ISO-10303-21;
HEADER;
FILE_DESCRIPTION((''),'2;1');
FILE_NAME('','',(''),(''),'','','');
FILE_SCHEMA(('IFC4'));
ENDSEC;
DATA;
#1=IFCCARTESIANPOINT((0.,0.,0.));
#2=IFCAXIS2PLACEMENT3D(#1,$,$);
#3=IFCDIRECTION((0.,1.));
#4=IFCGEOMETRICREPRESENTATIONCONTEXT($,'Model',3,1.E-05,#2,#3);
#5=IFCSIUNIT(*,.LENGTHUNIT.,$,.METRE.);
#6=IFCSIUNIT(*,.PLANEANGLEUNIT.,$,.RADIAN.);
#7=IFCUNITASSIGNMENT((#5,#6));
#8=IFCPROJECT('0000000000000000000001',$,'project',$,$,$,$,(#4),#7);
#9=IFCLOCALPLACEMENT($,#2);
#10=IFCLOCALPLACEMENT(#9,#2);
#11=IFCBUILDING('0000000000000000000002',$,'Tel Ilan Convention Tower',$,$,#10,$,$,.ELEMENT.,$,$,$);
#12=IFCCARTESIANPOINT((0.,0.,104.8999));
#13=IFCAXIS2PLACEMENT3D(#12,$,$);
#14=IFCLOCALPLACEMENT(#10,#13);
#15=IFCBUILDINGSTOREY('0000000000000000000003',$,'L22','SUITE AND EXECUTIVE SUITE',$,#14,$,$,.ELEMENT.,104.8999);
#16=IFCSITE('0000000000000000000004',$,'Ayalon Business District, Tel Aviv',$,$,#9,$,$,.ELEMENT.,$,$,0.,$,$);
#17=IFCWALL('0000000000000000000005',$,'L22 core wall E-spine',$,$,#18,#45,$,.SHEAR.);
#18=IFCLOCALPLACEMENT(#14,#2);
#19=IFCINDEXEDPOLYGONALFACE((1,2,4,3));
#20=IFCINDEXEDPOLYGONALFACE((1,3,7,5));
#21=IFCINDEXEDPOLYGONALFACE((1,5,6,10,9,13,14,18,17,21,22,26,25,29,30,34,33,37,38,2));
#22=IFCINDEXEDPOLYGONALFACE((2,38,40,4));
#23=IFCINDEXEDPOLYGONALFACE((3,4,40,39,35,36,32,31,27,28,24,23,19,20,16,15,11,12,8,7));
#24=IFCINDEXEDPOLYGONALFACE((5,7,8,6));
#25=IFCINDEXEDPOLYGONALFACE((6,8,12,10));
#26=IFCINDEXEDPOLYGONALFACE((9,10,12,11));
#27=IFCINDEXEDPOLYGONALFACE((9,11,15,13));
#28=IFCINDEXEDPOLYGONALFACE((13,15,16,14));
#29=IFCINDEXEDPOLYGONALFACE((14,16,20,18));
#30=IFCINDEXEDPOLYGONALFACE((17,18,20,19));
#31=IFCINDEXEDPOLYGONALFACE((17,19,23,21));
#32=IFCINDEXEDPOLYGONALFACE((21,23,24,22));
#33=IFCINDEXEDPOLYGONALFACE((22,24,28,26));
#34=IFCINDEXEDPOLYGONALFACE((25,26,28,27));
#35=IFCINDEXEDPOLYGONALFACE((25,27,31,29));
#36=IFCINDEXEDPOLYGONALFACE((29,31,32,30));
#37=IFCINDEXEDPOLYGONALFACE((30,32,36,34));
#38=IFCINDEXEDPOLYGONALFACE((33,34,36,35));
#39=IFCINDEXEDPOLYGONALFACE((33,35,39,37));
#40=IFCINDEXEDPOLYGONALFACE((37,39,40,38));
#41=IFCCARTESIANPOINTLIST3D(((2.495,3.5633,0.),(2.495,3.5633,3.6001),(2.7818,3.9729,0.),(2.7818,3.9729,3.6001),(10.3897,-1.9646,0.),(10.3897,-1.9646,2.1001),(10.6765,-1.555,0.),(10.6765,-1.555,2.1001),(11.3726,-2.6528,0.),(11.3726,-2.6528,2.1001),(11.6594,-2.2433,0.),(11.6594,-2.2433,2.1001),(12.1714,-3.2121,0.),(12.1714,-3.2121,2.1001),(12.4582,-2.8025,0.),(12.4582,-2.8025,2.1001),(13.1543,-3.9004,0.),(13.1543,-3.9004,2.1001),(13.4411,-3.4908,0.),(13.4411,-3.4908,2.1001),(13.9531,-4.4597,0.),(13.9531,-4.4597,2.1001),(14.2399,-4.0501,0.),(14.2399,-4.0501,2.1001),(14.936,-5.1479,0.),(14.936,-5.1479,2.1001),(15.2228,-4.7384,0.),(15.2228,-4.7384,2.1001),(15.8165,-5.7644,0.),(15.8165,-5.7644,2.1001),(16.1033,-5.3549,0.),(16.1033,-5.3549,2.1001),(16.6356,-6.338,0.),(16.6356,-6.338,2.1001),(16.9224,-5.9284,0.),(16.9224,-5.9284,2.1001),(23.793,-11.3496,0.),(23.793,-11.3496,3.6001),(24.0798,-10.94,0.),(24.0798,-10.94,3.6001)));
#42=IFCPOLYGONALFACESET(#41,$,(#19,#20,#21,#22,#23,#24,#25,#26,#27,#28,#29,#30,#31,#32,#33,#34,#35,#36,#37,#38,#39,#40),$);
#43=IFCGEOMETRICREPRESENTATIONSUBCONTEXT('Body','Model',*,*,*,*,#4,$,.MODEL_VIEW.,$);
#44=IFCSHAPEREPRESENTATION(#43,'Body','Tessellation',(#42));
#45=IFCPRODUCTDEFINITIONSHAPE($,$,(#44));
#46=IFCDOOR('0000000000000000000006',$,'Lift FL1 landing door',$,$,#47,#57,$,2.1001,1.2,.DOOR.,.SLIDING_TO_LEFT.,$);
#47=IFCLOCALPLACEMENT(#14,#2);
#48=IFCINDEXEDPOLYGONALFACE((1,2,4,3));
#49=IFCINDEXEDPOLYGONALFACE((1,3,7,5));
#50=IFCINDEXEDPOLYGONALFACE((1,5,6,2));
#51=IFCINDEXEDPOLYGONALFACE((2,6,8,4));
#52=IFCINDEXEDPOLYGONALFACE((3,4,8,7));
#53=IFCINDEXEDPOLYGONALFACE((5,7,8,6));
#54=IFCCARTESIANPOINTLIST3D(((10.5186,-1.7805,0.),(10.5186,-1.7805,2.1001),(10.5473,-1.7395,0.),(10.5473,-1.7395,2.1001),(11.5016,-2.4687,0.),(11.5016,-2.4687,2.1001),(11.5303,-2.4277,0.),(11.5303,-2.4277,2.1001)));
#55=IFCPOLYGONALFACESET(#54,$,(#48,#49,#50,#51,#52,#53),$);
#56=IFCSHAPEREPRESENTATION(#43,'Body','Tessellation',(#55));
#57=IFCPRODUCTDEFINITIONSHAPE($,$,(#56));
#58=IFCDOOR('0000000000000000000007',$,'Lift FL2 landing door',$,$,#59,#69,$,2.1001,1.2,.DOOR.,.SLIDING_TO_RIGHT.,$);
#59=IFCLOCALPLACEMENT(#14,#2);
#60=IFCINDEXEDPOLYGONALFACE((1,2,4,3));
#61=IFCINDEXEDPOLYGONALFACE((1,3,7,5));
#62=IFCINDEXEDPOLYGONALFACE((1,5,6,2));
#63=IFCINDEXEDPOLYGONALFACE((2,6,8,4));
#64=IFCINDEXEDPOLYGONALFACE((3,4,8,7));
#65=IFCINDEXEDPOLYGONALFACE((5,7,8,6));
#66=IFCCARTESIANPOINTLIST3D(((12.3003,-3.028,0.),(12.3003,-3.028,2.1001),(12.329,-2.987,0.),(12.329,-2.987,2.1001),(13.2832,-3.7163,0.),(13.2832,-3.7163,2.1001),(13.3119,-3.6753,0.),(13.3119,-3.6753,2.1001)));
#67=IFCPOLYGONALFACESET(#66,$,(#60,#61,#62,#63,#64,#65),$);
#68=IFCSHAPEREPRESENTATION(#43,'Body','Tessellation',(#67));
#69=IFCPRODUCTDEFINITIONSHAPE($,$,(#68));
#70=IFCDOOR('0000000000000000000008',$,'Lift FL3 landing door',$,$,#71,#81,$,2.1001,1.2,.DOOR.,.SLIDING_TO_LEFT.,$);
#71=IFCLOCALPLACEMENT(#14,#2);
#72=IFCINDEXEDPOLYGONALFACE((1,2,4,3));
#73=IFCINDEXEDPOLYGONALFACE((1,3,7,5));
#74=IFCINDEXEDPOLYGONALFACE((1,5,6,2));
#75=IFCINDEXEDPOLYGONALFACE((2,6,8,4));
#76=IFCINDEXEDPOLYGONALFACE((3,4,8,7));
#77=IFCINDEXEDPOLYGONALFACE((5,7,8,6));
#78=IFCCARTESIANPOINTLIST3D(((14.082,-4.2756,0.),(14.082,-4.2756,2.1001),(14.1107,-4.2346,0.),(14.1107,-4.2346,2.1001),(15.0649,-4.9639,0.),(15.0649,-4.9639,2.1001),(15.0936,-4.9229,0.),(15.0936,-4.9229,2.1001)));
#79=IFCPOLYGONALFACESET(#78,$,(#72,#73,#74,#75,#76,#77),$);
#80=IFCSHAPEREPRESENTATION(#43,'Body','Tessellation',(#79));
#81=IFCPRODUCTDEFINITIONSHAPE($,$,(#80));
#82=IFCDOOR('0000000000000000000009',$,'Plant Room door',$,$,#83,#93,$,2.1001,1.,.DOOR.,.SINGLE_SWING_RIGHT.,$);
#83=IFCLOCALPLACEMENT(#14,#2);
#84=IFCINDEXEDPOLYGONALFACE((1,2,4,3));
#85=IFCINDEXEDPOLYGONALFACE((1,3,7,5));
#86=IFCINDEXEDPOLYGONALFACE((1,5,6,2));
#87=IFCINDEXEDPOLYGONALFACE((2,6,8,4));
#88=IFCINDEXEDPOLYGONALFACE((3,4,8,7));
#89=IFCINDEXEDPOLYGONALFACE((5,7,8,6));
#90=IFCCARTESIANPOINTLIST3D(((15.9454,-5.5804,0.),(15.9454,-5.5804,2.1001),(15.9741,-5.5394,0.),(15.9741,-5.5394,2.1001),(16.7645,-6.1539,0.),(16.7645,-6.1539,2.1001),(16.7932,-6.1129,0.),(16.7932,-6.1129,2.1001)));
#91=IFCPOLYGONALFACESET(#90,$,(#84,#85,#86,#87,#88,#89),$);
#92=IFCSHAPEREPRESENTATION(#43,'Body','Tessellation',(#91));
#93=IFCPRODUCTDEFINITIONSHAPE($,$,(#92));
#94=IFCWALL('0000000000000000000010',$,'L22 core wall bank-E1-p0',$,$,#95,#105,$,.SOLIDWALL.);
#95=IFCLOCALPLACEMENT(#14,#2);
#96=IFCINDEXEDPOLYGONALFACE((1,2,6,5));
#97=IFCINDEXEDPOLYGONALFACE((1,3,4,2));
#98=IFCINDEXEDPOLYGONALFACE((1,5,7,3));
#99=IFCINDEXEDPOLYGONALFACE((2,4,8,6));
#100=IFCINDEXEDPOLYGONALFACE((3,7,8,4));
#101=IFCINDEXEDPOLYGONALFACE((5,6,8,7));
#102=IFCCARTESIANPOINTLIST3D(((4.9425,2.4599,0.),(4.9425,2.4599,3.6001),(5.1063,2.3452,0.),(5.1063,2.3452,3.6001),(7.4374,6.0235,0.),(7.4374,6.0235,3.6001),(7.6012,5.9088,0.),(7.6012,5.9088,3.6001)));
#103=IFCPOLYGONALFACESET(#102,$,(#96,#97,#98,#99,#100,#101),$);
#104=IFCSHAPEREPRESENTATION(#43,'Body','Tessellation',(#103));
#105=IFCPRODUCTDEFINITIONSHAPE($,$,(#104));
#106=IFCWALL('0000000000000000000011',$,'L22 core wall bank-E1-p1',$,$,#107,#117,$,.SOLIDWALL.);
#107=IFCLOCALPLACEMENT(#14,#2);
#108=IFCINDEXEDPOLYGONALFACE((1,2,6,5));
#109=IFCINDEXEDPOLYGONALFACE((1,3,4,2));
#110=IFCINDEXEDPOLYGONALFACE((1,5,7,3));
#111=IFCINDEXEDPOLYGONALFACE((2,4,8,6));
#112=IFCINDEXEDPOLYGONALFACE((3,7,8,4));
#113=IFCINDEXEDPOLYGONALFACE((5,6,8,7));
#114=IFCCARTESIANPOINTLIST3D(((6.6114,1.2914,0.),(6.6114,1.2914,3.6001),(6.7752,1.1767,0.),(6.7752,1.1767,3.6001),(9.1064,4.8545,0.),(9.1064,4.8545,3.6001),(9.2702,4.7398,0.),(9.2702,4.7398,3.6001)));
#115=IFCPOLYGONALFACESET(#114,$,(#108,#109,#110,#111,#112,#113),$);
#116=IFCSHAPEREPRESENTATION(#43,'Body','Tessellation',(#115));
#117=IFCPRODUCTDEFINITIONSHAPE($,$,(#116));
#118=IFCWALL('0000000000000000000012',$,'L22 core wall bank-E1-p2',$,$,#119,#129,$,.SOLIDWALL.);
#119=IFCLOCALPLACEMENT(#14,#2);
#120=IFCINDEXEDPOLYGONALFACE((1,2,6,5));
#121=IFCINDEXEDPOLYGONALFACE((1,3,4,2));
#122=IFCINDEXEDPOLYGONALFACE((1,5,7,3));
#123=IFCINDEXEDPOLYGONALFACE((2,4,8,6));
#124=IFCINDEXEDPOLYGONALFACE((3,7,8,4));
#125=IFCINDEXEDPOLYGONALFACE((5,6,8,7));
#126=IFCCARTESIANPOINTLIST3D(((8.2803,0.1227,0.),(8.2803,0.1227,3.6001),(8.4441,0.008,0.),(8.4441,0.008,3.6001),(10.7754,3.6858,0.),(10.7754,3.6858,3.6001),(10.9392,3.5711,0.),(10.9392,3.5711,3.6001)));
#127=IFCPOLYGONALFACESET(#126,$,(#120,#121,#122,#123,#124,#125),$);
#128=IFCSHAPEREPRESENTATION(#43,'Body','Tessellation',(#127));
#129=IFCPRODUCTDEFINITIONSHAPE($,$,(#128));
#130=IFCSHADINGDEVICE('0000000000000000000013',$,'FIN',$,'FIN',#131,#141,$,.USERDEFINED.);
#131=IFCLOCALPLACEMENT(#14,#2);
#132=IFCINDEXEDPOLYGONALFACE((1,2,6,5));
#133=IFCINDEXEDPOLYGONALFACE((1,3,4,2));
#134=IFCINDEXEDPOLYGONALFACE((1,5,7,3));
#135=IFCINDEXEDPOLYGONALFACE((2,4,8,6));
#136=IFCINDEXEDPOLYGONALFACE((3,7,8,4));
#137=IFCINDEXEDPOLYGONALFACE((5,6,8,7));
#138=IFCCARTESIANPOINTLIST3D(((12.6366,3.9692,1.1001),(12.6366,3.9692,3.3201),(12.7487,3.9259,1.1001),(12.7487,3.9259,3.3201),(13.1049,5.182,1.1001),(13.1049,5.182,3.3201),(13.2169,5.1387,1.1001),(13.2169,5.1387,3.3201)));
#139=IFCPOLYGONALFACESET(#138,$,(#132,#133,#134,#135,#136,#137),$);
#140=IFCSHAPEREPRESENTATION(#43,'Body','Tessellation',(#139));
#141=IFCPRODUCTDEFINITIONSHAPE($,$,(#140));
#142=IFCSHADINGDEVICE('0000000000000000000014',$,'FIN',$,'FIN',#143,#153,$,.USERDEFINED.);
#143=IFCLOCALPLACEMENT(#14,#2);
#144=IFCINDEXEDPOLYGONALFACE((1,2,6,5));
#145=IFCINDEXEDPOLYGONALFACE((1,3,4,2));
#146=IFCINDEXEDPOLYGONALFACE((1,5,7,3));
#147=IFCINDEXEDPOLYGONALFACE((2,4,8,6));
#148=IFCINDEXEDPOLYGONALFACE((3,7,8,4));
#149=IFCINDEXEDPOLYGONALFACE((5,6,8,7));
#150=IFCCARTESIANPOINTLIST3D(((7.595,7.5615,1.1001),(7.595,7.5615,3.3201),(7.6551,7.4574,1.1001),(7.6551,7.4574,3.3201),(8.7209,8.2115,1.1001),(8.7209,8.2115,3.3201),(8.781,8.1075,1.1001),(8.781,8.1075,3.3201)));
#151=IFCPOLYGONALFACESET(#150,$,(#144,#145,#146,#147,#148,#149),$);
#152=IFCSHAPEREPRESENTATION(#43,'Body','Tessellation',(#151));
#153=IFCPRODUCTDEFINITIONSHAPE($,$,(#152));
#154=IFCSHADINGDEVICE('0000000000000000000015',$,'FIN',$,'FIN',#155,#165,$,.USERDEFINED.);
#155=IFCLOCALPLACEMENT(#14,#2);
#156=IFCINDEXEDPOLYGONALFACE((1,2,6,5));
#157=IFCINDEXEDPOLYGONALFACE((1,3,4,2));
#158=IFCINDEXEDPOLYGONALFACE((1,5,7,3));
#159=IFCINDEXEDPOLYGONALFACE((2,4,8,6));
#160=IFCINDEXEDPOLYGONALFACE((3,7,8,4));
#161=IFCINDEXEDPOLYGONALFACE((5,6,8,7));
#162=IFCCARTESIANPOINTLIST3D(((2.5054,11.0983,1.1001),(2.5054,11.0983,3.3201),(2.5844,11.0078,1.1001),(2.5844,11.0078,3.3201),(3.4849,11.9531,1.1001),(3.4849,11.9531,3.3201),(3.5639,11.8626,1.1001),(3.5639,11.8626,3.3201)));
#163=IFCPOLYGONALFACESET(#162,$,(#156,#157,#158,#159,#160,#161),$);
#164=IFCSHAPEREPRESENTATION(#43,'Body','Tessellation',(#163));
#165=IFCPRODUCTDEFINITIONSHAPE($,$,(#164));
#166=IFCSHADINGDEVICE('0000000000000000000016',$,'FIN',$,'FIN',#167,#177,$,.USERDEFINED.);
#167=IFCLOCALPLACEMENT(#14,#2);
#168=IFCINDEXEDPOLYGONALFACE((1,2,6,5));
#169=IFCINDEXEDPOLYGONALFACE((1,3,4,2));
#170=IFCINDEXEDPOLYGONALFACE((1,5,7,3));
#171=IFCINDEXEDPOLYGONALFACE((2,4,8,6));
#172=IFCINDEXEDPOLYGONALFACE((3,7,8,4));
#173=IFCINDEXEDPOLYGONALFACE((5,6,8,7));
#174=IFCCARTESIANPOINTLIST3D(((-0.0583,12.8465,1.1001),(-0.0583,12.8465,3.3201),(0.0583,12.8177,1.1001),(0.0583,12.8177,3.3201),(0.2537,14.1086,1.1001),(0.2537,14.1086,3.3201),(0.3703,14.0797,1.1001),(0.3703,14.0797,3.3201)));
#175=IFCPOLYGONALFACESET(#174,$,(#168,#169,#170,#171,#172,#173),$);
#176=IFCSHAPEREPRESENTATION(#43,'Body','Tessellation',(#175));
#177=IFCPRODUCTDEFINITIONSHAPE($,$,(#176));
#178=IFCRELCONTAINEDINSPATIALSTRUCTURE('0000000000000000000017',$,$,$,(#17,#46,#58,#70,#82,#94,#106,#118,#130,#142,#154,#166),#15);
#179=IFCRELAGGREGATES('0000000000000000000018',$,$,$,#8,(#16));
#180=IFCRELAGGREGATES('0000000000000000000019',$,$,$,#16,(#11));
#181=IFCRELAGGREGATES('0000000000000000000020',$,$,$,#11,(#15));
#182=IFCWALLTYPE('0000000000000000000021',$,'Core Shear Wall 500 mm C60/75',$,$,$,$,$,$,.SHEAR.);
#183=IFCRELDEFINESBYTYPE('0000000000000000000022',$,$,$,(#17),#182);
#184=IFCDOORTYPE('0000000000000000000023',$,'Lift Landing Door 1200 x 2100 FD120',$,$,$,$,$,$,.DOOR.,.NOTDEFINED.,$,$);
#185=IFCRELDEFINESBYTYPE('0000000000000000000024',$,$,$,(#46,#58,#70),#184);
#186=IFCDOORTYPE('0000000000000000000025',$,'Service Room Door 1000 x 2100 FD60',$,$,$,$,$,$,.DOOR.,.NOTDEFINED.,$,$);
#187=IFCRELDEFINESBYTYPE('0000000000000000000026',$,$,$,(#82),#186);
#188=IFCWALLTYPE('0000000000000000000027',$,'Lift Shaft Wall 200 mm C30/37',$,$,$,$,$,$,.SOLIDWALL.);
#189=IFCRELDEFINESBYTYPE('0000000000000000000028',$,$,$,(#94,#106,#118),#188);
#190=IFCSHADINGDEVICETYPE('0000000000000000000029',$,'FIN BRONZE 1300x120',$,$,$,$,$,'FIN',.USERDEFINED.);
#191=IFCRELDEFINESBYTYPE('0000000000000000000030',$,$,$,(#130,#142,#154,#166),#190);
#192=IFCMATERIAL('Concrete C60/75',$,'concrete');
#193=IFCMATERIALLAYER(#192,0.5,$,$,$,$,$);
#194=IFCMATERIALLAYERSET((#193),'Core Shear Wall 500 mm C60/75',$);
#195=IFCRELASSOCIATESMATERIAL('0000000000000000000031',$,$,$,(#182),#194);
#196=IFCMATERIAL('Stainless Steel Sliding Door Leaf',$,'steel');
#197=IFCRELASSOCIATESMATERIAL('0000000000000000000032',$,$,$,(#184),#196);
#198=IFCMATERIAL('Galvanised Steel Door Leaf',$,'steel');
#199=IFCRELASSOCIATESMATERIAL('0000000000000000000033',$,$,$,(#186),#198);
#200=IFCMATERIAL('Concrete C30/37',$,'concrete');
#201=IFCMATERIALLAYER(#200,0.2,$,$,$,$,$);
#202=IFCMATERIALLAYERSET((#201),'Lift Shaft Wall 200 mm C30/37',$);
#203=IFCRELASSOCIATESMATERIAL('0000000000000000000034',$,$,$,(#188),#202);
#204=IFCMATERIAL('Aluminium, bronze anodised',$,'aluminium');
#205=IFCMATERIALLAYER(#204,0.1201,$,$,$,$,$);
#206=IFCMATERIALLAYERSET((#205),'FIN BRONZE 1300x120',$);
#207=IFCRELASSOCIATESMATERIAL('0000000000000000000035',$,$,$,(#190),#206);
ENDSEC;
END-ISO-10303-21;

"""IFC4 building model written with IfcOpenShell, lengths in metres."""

from ifc_helpers import new_model, si_unit, direction, frame, frame_2d, origin, origin_2d, place, context, subcontext, project, spatial, polyline, rectangle, outline, extrude, material, layer, layer_set, type_object, element, fill, save


model = new_model("IFC4")

# Units and contexts
model_context = context("Model", 3, precision=1e-05, world=origin(), true_north=direction((0.0, 1.0)))
body_context = subcontext(model_context, "Body", "Model", "MODEL_VIEW")
ifc_project = project(units=[si_unit("LENGTHUNIT", "METRE"), si_unit("PLANEANGLEUNIT", "RADIAN")], contexts=[model_context])

# Site, building, storey
site_placement = place(None, origin())
site = spatial("IfcSite", under=ifc_project, at=site_placement, Name="Ayalon Business District, Tel Aviv", CompositionType="ELEMENT", RefElevation=0.0)
building_placement = place(site_placement, origin())
building = spatial("IfcBuilding", under=site, at=building_placement, Name="Tel Ilan Convention Tower", CompositionType="ELEMENT")
storey_placement = place(building_placement, frame((0.0, 0.0, 104.8999)))
storey = spatial("IfcBuildingStorey", under=building, at=storey_placement, Name="L22", Description="SUITE AND EXECUTIVE SUITE", CompositionType="ELEMENT", Elevation=104.8999)

# Wall, openings, doors
ifc_material_1 = material(Name="Concrete C60/75", Category="concrete")
ifc_layer_1 = layer(ifc_material_1, 0.5)
ifc_layer_set_1 = layer_set([ifc_layer_1], Name="Core Shear Wall 500 mm C60/75")
wall_type_1 = type_object("IfcWallType", Name="Core Shear Wall 500 mm C60/75", PredefinedType="SHEAR", material=ifc_layer_set_1)
wall_1_placement = place(storey_placement, frame((2.6384, 3.7681, 0.0), z_axis=(0.0, 0.0, 1.0), x_axis=(0.819149, -0.573581, 0.0)))
wall_1 = element("IfcWall", 1, at=wall_1_placement, inside=storey, type_object=wall_type_1, Name="L22 core wall E-spine", PredefinedType="SHEAR", context=body_context, shape_type="SweptSolid", body=[
    extrude(outline(polyline([(0.0, 0.25), (0.0, -0.25), (26.0, -0.2498), (26.0, 0.2502), (0.0, 0.25)])), origin(), (0.0, 0.0, 1.0), 3.6001),
])
opening_1_placement = place(wall_1_placement, frame((9.6375, 0.0, 0.0)))
opening_1 = element("IfcOpeningElement", 2, at=opening_1_placement, cuts=wall_1, PredefinedType="OPENING", context=body_context, shape_type="SweptSolid", body=[
    extrude(rectangle(XDim=1.2, YDim=2.1001, at=frame_2d((0.6001, 1.05))), frame((0.0, 0.26, 0.0), z_axis=(0.0, -1.0, 0.0), x_axis=(1.0, 0.0, 0.0)), (0.0, 0.0, 1.0), 0.52),
])
opening_2_placement = place(wall_1_placement, frame((11.8125, 0.0, 0.0)))
opening_2 = element("IfcOpeningElement", 3, at=opening_2_placement, cuts=wall_1, PredefinedType="OPENING", context=body_context, shape_type="SweptSolid", body=[
    extrude(rectangle(XDim=1.2, YDim=2.1001, at=frame_2d((0.6001, 1.05))), frame((0.0, 0.26, 0.0), z_axis=(0.0, -1.0, 0.0), x_axis=(1.0, 0.0, 0.0)), (0.0, 0.0, 1.0), 0.52),
])
opening_3_placement = place(wall_1_placement, frame((13.9875, 0.0, 0.0)))
opening_3 = element("IfcOpeningElement", 4, at=opening_3_placement, cuts=wall_1, PredefinedType="OPENING", context=body_context, shape_type="SweptSolid", body=[
    extrude(rectangle(XDim=1.2, YDim=2.1001, at=frame_2d((0.6001, 1.05))), frame((0.0, 0.26, 0.0), z_axis=(0.0, -1.0, 0.0), x_axis=(1.0, 0.0, 0.0)), (0.0, 0.0, 1.0), 0.52),
])
opening_4_placement = place(wall_1_placement, frame((16.2625, 0.0, 0.0)))
opening_4 = element("IfcOpeningElement", 5, at=opening_4_placement, cuts=wall_1, PredefinedType="OPENING", context=body_context, shape_type="SweptSolid", body=[
    extrude(rectangle(XDim=1.0, YDim=2.1001, at=frame_2d((0.5, 1.05))), frame((0.0, 0.26, 0.0), z_axis=(0.0, -1.0, 0.0), x_axis=(1.0, 0.0, 0.0)), (0.0, 0.0, 1.0), 0.52),
])
ifc_material_2 = material(Name="Stainless Steel Sliding Door Leaf", Category="steel")
door_type_1 = type_object("IfcDoorType", Name="Lift Landing Door 1200 x 2100 FD120", OperationType="NOTDEFINED", PredefinedType="DOOR", material=ifc_material_2)
door_1_placement = place(opening_1_placement, origin())
door_1 = element("IfcDoor", 6, at=door_1_placement, inside=storey, type_object=door_type_1, Name="Lift FL1 landing door", OperationType="SLIDING_TO_LEFT", OverallHeight=2.1001, OverallWidth=1.2, PredefinedType="DOOR", context=body_context, shape_type="SweptSolid", body=[
    extrude(rectangle(XDim=1.2, YDim=2.1001, at=frame_2d((0.6001, 1.05))), frame((0.0, 0.0249, 0.0), z_axis=(0.0, -1.0, 0.0), x_axis=(1.0, 0.0, 0.0)), (0.0, 0.0, 1.0), 0.05),
])
fill(opening_1, door_1)
door_2_placement = place(opening_2_placement, origin())
door_2 = element("IfcDoor", 7, at=door_2_placement, inside=storey, type_object=door_type_1, Name="Lift FL2 landing door", OperationType="SLIDING_TO_RIGHT", OverallHeight=2.1001, OverallWidth=1.2, PredefinedType="DOOR", context=body_context, shape_type="SweptSolid", body=[
    extrude(rectangle(XDim=1.2, YDim=2.1001, at=frame_2d((0.6001, 1.05))), frame((0.0, 0.0249, 0.0), z_axis=(0.0, -1.0, 0.0), x_axis=(1.0, 0.0, 0.0)), (0.0, 0.0, 1.0), 0.05),
])
fill(opening_2, door_2)
door_3_placement = place(opening_3_placement, origin())
door_3 = element("IfcDoor", 8, at=door_3_placement, inside=storey, type_object=door_type_1, Name="Lift FL3 landing door", OperationType="SLIDING_TO_LEFT", OverallHeight=2.1001, OverallWidth=1.2, PredefinedType="DOOR", context=body_context, shape_type="SweptSolid", body=[
    extrude(rectangle(XDim=1.2, YDim=2.1001, at=frame_2d((0.6001, 1.05))), frame((0.0, 0.0249, 0.0), z_axis=(0.0, -1.0, 0.0), x_axis=(1.0, 0.0, 0.0)), (0.0, 0.0, 1.0), 0.05),
])
fill(opening_3, door_3)
ifc_material_3 = material(Name="Galvanised Steel Door Leaf", Category="steel")
door_type_2 = type_object("IfcDoorType", Name="Service Room Door 1000 x 2100 FD60", OperationType="NOTDEFINED", PredefinedType="DOOR", material=ifc_material_3)
door_4_placement = place(opening_4_placement, origin())
door_4 = element("IfcDoor", 9, at=door_4_placement, inside=storey, type_object=door_type_2, Name="Plant Room door", OperationType="SINGLE_SWING_RIGHT", OverallHeight=2.1001, OverallWidth=1.0, PredefinedType="DOOR", context=body_context, shape_type="SweptSolid", body=[
    extrude(rectangle(XDim=1.0, YDim=2.1001, at=frame_2d((0.5, 1.05))), frame((0.0, 0.0249, 0.0), z_axis=(0.0, -1.0, 0.0), x_axis=(1.0, 0.0, 0.0)), (0.0, 0.0, 1.0), 0.05),
])
fill(opening_4, door_4)

# Walls
ifc_material_4 = material(Name="Concrete C30/37", Category="concrete")
ifc_layer_2 = layer(ifc_material_4, 0.2)
ifc_layer_set_2 = layer_set([ifc_layer_2], Name="Lift Shaft Wall 200 mm C30/37")
wall_type_2 = type_object("IfcWallType", Name="Lift Shaft Wall 200 mm C30/37", PredefinedType="SOLIDWALL", material=ifc_layer_set_2)
wall_2_placement = place(storey_placement, frame((5.0244, 2.4026, 0.0), z_axis=(0.0, 0.0, 1.0), x_axis=(0.57353, 0.819184, 0.0)))
element("IfcWall", 10, at=wall_2_placement, inside=storey, type_object=wall_type_2, Name="L22 core wall bank-E1-p0", PredefinedType="SOLIDWALL", context=body_context, shape_type="SweptSolid", body=[
    extrude(rectangle(XDim=4.3501, YDim=0.2, at=frame_2d((2.175, 0.0))), origin(), (0.0, 0.0, 1.0), 3.6001),
])
for number, where, z_axis, x_axis, name in (
    (11, (6.6934, 1.2341, 0.0), (0.0, 0.0, 1.0), (0.573594, 0.81914, 0.0), "L22 core wall bank-E1-p1"),
    (12, (8.3623, 0.0654, 0.0), (0.0, 0.0, 1.0), (0.573594, 0.81914, 0.0), "L22 core wall bank-E1-p2"),
):
    element("IfcWall", number, at=place(storey_placement, frame(where, z_axis=z_axis, x_axis=x_axis)), inside=storey, type_object=wall_type_2, Name=name, PredefinedType="SOLIDWALL", context=body_context, shape_type="SweptSolid", body=[
        extrude(rectangle(XDim=4.3499, YDim=0.2, at=frame_2d((2.1748, 0.0))), origin(), (0.0, 0.0, 1.0), 3.6001),
    ])

# Shading devices
ifc_material_5 = material(Name="Aluminium, bronze anodised", Category="aluminium")
ifc_layer_3 = layer(ifc_material_5, 0.1201)
ifc_layer_set_3 = layer_set([ifc_layer_3], Name="FIN BRONZE 1300x120")
shading_device_type_1 = type_object("IfcShadingDeviceType", Name="FIN BRONZE 1300x120", ElementType="FIN", PredefinedType="USERDEFINED", material=ifc_layer_set_3)
for number, where, z_axis, x_axis, name in (
    (13, (12.9268, 4.554, 1.1001), (0.0, 0.0, 1.0), (0.360178, 0.932884, 0.0), "FIN"),
    (14, (8.188, 7.8345, 1.1001), (0.0, 0.0, 1.0), (0.866025, 0.5, 0.0), "FIN"),
    (15, (3.0347, 11.4805, 1.1001), (0.0, 0.0, 1.0), (0.753436, 0.657521, 0.0), "FIN"),
    (16, (0.156, 13.4631, 1.1001), (0.0, 0.0, 1.0), (0.24004, 0.970763, 0.0), "FIN"),
):
    element("IfcShadingDevice", number, at=place(storey_placement, frame(where, z_axis=z_axis, x_axis=x_axis)), inside=storey, type_object=shading_device_type_1, Name=name, ObjectType="FIN", PredefinedType="USERDEFINED", context=body_context, shape_type="SweptSolid", body=[
        extrude(rectangle(XDim=1.3, YDim=0.1201, at=origin_2d()), origin(), (0.0, 0.0, 1.0), 2.22),
    ])

save(model, "model.ifc")
